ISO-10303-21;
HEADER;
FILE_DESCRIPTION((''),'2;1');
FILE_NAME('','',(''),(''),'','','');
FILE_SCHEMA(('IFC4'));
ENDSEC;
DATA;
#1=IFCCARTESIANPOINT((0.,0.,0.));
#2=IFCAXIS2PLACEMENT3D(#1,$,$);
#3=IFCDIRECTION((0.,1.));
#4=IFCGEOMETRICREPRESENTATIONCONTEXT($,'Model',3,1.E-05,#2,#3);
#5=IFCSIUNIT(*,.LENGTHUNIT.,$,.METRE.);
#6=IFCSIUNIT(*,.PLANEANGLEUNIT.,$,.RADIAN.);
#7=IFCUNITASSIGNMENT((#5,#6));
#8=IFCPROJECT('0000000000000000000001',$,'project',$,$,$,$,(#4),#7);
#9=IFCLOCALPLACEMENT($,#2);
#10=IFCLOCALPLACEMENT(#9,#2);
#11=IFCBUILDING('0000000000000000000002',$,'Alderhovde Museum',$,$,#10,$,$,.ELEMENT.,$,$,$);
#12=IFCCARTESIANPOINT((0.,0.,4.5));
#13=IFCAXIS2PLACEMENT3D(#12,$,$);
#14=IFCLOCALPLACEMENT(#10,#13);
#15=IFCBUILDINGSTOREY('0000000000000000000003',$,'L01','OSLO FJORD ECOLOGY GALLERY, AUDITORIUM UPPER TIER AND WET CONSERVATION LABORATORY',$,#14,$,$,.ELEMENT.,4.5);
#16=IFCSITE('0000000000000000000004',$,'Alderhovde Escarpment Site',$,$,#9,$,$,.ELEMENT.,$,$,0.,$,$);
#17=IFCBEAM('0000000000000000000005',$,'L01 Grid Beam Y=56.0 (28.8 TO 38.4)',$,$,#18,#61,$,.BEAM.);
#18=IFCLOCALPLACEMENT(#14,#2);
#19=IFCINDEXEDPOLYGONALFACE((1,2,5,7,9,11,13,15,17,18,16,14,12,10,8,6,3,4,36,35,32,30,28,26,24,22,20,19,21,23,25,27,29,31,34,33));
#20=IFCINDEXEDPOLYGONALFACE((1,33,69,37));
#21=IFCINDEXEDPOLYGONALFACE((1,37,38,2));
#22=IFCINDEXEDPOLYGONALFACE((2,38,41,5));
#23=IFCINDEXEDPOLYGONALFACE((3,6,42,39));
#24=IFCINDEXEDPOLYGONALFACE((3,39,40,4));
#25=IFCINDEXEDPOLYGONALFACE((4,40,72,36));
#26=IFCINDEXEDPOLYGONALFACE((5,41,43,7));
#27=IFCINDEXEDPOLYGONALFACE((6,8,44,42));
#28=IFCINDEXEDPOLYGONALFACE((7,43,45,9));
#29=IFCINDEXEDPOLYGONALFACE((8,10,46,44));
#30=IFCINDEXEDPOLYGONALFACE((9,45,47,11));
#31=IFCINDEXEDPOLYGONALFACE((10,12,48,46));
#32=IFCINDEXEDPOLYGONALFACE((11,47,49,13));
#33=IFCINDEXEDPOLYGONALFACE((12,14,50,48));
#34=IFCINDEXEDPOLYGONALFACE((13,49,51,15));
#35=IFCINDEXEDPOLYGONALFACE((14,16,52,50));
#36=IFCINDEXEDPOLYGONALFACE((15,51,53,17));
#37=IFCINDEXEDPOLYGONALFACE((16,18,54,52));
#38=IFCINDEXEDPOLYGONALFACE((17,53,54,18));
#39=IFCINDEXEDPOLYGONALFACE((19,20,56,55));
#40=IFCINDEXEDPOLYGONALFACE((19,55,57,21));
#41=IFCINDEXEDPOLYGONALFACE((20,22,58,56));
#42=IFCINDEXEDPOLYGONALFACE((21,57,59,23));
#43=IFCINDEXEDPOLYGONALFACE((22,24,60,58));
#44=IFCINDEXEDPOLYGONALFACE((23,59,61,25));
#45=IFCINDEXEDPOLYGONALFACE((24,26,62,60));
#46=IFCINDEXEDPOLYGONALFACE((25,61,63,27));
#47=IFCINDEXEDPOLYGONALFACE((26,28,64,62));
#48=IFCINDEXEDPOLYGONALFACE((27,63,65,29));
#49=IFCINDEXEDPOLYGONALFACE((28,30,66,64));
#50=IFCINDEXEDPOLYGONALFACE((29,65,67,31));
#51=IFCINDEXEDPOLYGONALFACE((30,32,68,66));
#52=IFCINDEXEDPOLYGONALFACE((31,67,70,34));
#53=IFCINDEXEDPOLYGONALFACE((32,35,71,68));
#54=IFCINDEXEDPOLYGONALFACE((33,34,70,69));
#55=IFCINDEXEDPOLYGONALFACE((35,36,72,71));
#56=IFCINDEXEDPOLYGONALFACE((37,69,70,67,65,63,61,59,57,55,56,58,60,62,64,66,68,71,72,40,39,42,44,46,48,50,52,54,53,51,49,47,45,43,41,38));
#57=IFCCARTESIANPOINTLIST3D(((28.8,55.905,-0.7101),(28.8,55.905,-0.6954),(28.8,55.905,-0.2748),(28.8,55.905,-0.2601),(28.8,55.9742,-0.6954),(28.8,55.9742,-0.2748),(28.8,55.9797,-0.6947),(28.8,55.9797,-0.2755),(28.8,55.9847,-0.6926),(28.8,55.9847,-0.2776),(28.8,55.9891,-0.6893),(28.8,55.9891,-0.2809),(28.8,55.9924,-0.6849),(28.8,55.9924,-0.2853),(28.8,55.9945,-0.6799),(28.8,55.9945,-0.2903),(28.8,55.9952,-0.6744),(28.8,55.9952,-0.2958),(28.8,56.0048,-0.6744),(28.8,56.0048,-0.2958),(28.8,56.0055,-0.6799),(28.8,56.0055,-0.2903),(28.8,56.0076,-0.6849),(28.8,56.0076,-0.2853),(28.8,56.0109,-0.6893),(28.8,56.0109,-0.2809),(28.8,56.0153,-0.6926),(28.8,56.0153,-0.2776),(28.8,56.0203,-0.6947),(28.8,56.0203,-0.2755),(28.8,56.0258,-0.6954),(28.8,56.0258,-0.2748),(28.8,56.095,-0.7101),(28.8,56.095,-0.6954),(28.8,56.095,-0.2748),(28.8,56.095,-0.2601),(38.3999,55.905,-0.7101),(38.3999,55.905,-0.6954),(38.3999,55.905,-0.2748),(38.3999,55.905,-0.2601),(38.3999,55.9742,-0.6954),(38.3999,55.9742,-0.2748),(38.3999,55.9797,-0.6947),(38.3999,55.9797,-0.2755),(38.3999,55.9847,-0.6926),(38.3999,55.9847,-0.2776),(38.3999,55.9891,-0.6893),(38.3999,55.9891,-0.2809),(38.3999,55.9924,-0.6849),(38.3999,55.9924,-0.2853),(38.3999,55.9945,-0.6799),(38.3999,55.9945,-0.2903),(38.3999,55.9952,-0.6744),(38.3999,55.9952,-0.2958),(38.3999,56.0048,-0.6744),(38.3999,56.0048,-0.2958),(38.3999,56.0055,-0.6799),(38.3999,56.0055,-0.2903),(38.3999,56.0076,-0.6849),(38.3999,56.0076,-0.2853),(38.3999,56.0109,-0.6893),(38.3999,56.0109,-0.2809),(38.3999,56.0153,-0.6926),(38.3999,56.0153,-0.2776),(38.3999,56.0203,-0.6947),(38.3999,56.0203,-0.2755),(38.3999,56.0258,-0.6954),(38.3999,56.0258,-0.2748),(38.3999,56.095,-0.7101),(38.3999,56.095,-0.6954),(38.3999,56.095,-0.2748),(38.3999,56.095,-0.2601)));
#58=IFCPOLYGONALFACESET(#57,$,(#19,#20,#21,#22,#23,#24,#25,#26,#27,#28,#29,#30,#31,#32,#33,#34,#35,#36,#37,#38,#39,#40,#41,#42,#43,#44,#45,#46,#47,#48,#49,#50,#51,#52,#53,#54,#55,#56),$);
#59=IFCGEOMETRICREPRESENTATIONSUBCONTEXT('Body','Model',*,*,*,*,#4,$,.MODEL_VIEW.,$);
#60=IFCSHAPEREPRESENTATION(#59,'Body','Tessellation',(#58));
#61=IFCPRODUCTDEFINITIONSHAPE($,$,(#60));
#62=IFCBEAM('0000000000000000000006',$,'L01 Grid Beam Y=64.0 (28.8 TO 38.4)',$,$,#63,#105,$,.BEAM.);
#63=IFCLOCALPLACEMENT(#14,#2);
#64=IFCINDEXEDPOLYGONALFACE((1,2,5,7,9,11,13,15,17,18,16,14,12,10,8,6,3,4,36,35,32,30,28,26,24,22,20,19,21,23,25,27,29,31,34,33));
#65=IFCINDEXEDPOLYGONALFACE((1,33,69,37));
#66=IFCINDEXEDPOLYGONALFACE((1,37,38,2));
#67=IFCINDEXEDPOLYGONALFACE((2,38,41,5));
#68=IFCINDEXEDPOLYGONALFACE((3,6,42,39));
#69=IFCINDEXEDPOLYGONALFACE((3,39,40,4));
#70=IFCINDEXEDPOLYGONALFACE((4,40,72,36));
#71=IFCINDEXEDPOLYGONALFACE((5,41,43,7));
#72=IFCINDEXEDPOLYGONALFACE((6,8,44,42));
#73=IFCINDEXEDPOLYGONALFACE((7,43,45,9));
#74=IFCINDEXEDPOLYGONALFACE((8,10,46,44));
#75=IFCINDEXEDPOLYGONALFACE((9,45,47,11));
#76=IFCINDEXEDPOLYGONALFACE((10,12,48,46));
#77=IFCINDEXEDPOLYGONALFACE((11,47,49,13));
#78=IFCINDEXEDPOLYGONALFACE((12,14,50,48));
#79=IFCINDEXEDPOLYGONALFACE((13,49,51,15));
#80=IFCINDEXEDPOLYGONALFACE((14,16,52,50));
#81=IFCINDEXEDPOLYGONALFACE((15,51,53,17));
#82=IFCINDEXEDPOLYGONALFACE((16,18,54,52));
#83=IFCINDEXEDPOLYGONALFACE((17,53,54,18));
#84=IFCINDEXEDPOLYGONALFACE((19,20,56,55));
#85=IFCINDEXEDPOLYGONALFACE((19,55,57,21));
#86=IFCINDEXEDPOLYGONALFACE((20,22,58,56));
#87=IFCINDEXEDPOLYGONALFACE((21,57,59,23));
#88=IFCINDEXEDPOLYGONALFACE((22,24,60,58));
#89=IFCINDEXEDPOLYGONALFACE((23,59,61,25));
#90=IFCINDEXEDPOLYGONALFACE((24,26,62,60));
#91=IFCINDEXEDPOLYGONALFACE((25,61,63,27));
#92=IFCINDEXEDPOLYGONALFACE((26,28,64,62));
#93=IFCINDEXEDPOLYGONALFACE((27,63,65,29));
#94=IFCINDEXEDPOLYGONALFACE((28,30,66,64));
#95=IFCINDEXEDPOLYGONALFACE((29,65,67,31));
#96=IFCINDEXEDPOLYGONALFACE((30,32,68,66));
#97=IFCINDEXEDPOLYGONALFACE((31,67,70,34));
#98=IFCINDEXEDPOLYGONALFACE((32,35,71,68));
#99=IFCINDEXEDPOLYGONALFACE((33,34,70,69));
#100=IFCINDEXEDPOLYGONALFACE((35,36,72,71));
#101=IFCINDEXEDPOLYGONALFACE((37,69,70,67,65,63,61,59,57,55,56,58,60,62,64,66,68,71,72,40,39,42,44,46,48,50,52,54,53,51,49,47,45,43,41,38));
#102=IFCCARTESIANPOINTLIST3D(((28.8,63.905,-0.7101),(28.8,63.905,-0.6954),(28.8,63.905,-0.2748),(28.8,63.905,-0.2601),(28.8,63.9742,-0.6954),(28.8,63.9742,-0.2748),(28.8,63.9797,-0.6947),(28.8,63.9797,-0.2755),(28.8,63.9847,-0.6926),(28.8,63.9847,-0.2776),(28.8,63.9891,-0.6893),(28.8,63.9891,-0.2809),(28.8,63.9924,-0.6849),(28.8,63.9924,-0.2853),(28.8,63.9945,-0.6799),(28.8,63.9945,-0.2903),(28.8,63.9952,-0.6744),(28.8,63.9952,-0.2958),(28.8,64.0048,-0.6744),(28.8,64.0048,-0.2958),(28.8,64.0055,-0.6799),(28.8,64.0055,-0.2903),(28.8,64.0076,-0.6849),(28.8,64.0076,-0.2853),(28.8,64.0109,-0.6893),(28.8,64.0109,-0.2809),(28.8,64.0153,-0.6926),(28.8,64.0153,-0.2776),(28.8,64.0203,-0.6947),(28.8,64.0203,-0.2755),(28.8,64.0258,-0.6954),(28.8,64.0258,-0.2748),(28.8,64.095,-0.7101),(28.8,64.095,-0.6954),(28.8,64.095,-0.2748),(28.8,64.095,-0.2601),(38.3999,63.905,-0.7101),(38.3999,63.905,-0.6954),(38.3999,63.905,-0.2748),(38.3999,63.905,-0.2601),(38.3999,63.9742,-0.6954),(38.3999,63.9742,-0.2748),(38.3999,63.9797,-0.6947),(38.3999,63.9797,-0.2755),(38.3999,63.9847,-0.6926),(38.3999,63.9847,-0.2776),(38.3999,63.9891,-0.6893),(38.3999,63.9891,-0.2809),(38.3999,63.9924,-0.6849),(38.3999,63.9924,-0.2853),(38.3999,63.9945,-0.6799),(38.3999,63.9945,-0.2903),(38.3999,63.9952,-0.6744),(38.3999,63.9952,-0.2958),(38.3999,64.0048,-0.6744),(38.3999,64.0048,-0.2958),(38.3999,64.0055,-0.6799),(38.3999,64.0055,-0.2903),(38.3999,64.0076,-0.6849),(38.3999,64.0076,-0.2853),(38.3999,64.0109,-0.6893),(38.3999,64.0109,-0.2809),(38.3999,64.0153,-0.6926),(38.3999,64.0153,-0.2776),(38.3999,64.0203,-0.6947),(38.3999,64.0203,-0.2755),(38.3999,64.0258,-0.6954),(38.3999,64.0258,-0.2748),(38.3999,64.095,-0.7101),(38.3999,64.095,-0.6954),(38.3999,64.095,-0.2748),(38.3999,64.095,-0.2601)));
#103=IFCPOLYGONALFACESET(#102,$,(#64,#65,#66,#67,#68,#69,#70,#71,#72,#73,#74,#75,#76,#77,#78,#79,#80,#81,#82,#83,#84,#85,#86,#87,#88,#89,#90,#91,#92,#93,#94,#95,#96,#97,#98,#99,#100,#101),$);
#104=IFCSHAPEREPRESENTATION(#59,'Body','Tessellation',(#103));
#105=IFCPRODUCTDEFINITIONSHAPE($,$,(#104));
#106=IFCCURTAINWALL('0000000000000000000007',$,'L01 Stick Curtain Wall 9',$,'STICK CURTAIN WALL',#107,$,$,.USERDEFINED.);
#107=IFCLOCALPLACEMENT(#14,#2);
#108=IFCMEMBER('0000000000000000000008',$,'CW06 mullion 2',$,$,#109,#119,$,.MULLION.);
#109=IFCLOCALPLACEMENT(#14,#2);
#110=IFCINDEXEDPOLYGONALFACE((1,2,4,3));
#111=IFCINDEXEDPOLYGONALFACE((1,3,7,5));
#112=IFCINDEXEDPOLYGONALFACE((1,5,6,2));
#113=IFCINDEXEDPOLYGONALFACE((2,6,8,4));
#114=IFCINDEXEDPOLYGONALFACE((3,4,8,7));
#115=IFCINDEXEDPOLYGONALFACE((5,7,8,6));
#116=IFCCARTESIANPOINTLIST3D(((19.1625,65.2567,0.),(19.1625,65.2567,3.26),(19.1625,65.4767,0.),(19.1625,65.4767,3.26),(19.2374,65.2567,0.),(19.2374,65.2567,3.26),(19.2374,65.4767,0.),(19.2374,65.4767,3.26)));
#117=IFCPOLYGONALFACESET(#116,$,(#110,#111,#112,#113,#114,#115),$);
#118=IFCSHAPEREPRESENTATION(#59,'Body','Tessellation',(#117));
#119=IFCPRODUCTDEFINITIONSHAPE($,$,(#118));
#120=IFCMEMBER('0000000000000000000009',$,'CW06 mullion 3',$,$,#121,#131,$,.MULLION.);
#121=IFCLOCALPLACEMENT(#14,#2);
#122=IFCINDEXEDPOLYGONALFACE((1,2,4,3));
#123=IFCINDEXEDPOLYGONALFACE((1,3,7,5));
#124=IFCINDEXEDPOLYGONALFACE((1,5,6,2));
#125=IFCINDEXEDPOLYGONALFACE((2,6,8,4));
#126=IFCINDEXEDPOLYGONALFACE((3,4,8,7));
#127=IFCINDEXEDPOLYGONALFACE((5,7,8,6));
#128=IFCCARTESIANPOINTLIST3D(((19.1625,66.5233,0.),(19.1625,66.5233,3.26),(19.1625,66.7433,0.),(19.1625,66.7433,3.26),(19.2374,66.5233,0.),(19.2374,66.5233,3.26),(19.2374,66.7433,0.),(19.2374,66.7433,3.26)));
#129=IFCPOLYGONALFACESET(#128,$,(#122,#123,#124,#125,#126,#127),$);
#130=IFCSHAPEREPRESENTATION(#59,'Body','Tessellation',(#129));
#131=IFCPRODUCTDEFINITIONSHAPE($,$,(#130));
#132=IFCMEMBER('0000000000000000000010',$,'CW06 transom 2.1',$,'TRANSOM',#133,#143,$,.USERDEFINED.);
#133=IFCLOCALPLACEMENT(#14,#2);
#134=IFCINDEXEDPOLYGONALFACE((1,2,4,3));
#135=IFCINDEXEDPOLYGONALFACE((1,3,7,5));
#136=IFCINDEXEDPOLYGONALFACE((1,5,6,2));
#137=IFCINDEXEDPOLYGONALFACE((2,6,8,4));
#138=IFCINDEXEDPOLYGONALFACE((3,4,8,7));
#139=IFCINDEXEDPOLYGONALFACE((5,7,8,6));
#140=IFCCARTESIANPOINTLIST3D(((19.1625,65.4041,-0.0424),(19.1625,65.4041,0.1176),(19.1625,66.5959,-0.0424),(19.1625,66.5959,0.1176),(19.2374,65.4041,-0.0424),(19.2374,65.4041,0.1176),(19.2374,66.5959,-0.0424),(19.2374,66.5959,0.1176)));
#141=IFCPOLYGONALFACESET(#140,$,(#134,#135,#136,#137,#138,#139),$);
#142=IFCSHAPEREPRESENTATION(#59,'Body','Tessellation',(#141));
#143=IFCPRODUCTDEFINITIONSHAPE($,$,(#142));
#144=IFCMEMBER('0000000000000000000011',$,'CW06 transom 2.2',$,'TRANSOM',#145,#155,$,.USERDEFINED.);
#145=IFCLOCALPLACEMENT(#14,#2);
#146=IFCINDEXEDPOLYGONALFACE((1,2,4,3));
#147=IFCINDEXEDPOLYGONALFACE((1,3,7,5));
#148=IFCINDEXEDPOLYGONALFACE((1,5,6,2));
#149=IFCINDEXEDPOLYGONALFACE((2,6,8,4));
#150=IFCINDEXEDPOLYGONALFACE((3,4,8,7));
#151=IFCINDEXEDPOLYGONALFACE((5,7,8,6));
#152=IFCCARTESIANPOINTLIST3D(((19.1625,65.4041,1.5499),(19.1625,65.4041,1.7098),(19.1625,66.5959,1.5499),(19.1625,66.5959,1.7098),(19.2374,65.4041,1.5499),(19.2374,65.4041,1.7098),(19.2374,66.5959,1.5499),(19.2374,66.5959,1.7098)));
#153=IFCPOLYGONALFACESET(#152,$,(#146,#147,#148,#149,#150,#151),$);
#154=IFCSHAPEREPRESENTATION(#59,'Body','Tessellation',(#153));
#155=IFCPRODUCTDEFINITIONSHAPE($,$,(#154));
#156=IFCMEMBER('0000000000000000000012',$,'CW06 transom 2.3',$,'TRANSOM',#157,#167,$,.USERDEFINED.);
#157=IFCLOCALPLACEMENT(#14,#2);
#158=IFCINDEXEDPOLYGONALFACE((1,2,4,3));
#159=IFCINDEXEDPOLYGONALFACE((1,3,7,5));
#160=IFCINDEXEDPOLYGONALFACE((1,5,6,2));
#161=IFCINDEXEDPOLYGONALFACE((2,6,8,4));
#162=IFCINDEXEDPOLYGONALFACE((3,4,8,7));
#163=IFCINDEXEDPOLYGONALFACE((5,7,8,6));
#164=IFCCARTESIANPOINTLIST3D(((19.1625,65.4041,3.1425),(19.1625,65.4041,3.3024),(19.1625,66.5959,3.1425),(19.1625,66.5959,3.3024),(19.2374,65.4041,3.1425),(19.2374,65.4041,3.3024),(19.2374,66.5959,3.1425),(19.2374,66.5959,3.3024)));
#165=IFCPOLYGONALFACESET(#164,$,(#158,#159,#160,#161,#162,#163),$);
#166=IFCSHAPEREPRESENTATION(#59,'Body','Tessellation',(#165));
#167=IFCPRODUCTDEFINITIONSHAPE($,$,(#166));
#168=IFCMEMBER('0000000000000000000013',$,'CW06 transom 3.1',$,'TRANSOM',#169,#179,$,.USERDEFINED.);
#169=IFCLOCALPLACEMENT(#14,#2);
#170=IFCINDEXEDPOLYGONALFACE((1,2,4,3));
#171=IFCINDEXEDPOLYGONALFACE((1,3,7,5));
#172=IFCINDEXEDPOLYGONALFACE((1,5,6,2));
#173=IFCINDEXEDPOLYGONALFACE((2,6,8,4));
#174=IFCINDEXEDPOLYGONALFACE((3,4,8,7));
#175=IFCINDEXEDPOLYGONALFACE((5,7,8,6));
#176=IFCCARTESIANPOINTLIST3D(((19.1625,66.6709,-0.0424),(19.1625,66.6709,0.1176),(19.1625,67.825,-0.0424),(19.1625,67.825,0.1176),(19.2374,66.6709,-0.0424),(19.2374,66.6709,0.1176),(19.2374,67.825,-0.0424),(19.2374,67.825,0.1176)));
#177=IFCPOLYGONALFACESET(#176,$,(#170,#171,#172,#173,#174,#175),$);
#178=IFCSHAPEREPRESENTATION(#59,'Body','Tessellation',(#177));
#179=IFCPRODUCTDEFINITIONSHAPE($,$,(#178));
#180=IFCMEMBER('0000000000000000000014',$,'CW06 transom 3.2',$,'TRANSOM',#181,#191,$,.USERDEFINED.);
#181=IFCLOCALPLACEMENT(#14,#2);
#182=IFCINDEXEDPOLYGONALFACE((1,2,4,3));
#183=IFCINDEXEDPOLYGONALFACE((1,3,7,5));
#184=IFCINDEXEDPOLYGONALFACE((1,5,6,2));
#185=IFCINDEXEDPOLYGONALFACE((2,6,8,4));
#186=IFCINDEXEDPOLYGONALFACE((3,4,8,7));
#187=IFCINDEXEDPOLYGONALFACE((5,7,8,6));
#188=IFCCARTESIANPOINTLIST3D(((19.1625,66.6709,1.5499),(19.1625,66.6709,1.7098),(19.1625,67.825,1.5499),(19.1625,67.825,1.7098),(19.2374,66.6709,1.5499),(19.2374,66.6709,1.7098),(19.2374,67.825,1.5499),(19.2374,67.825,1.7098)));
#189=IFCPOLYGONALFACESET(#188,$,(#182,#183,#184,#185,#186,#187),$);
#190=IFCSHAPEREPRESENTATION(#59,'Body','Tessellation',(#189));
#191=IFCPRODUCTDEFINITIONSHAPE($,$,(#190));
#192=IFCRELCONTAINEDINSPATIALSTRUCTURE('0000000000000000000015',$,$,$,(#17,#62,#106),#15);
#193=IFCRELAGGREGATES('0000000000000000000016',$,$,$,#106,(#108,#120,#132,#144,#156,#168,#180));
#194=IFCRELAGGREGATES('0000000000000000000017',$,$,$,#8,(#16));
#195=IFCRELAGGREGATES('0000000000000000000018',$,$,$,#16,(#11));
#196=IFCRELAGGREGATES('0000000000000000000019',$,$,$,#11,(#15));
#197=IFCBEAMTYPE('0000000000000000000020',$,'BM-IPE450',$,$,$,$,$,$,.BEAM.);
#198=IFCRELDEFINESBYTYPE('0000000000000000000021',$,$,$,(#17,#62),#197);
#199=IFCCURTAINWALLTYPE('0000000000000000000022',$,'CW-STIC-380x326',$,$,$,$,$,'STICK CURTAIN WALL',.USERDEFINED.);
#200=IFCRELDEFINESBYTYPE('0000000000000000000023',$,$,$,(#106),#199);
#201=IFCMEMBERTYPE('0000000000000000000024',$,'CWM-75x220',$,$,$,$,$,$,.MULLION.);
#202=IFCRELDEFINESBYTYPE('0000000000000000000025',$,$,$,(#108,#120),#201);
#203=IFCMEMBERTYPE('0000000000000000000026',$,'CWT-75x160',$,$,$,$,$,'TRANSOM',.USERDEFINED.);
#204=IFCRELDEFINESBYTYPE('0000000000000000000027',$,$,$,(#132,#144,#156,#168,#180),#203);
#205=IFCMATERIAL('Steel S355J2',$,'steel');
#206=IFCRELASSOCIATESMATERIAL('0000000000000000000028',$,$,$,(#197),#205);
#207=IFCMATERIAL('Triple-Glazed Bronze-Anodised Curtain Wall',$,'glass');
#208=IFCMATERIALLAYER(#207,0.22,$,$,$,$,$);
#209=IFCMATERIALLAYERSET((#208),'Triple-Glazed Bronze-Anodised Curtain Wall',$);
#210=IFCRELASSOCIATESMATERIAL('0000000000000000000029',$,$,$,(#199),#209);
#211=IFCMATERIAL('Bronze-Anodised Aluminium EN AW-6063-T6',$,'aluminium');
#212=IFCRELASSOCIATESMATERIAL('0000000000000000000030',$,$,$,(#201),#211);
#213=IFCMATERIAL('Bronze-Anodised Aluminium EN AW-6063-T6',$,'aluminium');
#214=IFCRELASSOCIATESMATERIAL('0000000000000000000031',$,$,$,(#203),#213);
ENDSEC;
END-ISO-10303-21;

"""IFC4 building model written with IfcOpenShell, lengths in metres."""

from ifc_helpers import new_model, si_unit, direction, frame, origin, origin_2d, place, context, subcontext, project, spatial, rectangle, i_section, extrude, material, layer, layer_set, material_profile, profile_set, type_object, element, aggregate, save


model = new_model("IFC4")

# Units and contexts
model_context = context("Model", 3, precision=1e-05, world=origin(), true_north=direction((0.0, 1.0)))
body_context = subcontext(model_context, "Body", "Model", "MODEL_VIEW")
ifc_project = project(units=[si_unit("LENGTHUNIT", "METRE"), si_unit("PLANEANGLEUNIT", "RADIAN")], contexts=[model_context])

# Site, building, storey
site_placement = place(None, origin())
site = spatial("IfcSite", under=ifc_project, at=site_placement, Name="Alderhovde Escarpment Site", CompositionType="ELEMENT", RefElevation=0.0)
building_placement = place(site_placement, origin())
building = spatial("IfcBuilding", under=site, at=building_placement, Name="Alderhovde Museum", CompositionType="ELEMENT")
storey_placement = place(building_placement, frame((0.0, 0.0, 4.5)))
storey = spatial("IfcBuildingStorey", under=building, at=storey_placement, Name="L01", Description="OSLO FJORD ECOLOGY GALLERY, AUDITORIUM UPPER TIER AND WET CONSERVATION LABORATORY", CompositionType="ELEMENT", Elevation=4.5)

# Beams
ifc_material_1 = material(Name="Steel S355J2", Category="steel")
ifc_material_profile_1 = material_profile(ifc_material_1, i_section(OverallWidth=0.1899, OverallDepth=0.45, WebThickness=0.0095, FlangeThickness=0.0146, FilletRadius=0.021, at=origin_2d()), Name="IPE 450")
ifc_profile_set_1 = profile_set([ifc_material_profile_1], Name="Steel S355J2")
beam_type_1 = type_object("IfcBeamType", Name="BM-IPE450", PredefinedType="BEAM", material=ifc_profile_set_1)
for number, where, z_axis, x_axis, name in (
    (1, (28.8, 56.0, -0.4851), (1.0, 0.0, 0.0), (0.0, 1.0, 0.0), "L01 Grid Beam Y=56.0 (28.8 TO 38.4)"),
    (2, (28.8, 64.0, -0.4851), (1.0, 0.0, 0.0), (0.0, 1.0, 0.0), "L01 Grid Beam Y=64.0 (28.8 TO 38.4)"),
):
    element("IfcBeam", number, at=place(storey_placement, frame(where, z_axis=z_axis, x_axis=x_axis)), inside=storey, type_object=beam_type_1, Name=name, PredefinedType="BEAM", context=body_context, shape_type="SweptSolid", body=[
        extrude(i_section(OverallWidth=0.1899, OverallDepth=0.45, WebThickness=0.0095, FlangeThickness=0.0146, FilletRadius=0.021, at=origin_2d()), origin(), (0.0, 0.0, 1.0), 9.5999),
    ])

# Curtain wall, members
ifc_material_2 = material(Name="Triple-Glazed Bronze-Anodised Curtain Wall", Category="glass")
ifc_layer_1 = layer(ifc_material_2, 0.22)
ifc_layer_set_1 = layer_set([ifc_layer_1], Name="Triple-Glazed Bronze-Anodised Curtain Wall")
curtain_wall_type = type_object("IfcCurtainWallType", Name="CW-STIC-380x326", ElementType="STICK CURTAIN WALL", PredefinedType="USERDEFINED", material=ifc_layer_set_1)
curtain_wall_placement = place(storey_placement, origin())
curtain_wall = element("IfcCurtainWall", 3, at=curtain_wall_placement, inside=storey, type_object=curtain_wall_type, Name="L01 Stick Curtain Wall 9", ObjectType="STICK CURTAIN WALL", PredefinedType="USERDEFINED")
ifc_material_3 = material(Name="Bronze-Anodised Aluminium EN AW-6063-T6", Category="aluminium")
ifc_material_profile_2 = material_profile(ifc_material_3, rectangle(XDim=0.075, YDim=0.22, at=origin_2d()), Name="MULLION 75x220")
ifc_profile_set_2 = profile_set([ifc_material_profile_2], Name="Bronze-Anodised Aluminium EN AW-6063-T6")
member_type_1 = type_object("IfcMemberType", Name="CWM-75x220", PredefinedType="MULLION", material=ifc_profile_set_2)
member_1_placement = place(storey_placement, frame((19.2, 65.3667, 0.0), z_axis=(0.0, 0.0, 1.0), x_axis=(-1.0, 0.0, 0.0)))
member_1 = element("IfcMember", 4, at=member_1_placement, type_object=member_type_1, Name="CW06 mullion 2", PredefinedType="MULLION", context=body_context, shape_type="SweptSolid", body=[
    extrude(rectangle(XDim=0.075, YDim=0.22, at=origin_2d()), origin(), (0.0, 0.0, 1.0), 3.26),
])
member_2_placement = place(storey_placement, frame((19.2, 66.6333, 0.0), z_axis=(0.0, 0.0, 1.0), x_axis=(-1.0, 0.0, 0.0)))
member_2 = element("IfcMember", 5, at=member_2_placement, type_object=member_type_1, Name="CW06 mullion 3", PredefinedType="MULLION", context=body_context, shape_type="SweptSolid", body=[
    extrude(rectangle(XDim=0.075, YDim=0.22, at=origin_2d()), origin(), (0.0, 0.0, 1.0), 3.26),
])
ifc_material_4 = material(Name="Bronze-Anodised Aluminium EN AW-6063-T6", Category="aluminium")
ifc_material_profile_3 = material_profile(ifc_material_4, rectangle(XDim=0.075, YDim=0.1599, at=origin_2d()), Name="TRANSOM 75x160")
ifc_profile_set_3 = profile_set([ifc_material_profile_3], Name="Bronze-Anodised Aluminium EN AW-6063-T6")
member_type_2 = type_object("IfcMemberType", Name="CWT-75x160", ElementType="TRANSOM", PredefinedType="USERDEFINED", material=ifc_profile_set_3)
member_3_placement = place(storey_placement, frame((19.2, 65.4041, 0.0376), z_axis=(0.0, 1.0, 0.0), x_axis=(-1.0, 0.0, 0.0)))
member_3 = element("IfcMember", 6, at=member_3_placement, type_object=member_type_2, Name="CW06 transom 2.1", ObjectType="TRANSOM", PredefinedType="USERDEFINED", context=body_context, shape_type="SweptSolid", body=[
    extrude(rectangle(XDim=0.075, YDim=0.1599, at=origin_2d()), origin(), (0.0, 0.0, 1.0), 1.1919),
])
member_4_placement = place(storey_placement, frame((19.2, 65.4041, 1.6299), z_axis=(0.0, 1.0, 0.0), x_axis=(-1.0, 0.0, 0.0)))
member_4 = element("IfcMember", 7, at=member_4_placement, type_object=member_type_2, Name="CW06 transom 2.2", ObjectType="TRANSOM", PredefinedType="USERDEFINED", context=body_context, shape_type="SweptSolid", body=[
    extrude(rectangle(XDim=0.075, YDim=0.1599, at=origin_2d()), origin(), (0.0, 0.0, 1.0), 1.1919),
])
member_5_placement = place(storey_placement, frame((19.2, 65.4041, 3.2224), z_axis=(0.0, 1.0, 0.0), x_axis=(-1.0, 0.0, 0.0)))
member_5 = element("IfcMember", 8, at=member_5_placement, type_object=member_type_2, Name="CW06 transom 2.3", ObjectType="TRANSOM", PredefinedType="USERDEFINED", context=body_context, shape_type="SweptSolid", body=[
    extrude(rectangle(XDim=0.075, YDim=0.1599, at=origin_2d()), origin(), (0.0, 0.0, 1.0), 1.1919),
])
member_6_placement = place(storey_placement, frame((19.2, 66.6709, 0.0376), z_axis=(0.0, 1.0, 0.0), x_axis=(-1.0, 0.0, 0.0)))
member_6 = element("IfcMember", 9, at=member_6_placement, type_object=member_type_2, Name="CW06 transom 3.1", ObjectType="TRANSOM", PredefinedType="USERDEFINED", context=body_context, shape_type="SweptSolid", body=[
    extrude(rectangle(XDim=0.075, YDim=0.1599, at=origin_2d()), origin(), (0.0, 0.0, 1.0), 1.1541),
])
member_7_placement = place(storey_placement, frame((19.2, 66.6709, 1.6299), z_axis=(0.0, 1.0, 0.0), x_axis=(-1.0, 0.0, 0.0)))
member_7 = element("IfcMember", 10, at=member_7_placement, type_object=member_type_2, Name="CW06 transom 3.2", ObjectType="TRANSOM", PredefinedType="USERDEFINED", context=body_context, shape_type="SweptSolid", body=[
    extrude(rectangle(XDim=0.075, YDim=0.1599, at=origin_2d()), origin(), (0.0, 0.0, 1.0), 1.1541),
])

aggregate(curtain_wall, [member_1, member_2, member_3, member_4, member_5, member_6, member_7])

save(model, "model.ifc")
